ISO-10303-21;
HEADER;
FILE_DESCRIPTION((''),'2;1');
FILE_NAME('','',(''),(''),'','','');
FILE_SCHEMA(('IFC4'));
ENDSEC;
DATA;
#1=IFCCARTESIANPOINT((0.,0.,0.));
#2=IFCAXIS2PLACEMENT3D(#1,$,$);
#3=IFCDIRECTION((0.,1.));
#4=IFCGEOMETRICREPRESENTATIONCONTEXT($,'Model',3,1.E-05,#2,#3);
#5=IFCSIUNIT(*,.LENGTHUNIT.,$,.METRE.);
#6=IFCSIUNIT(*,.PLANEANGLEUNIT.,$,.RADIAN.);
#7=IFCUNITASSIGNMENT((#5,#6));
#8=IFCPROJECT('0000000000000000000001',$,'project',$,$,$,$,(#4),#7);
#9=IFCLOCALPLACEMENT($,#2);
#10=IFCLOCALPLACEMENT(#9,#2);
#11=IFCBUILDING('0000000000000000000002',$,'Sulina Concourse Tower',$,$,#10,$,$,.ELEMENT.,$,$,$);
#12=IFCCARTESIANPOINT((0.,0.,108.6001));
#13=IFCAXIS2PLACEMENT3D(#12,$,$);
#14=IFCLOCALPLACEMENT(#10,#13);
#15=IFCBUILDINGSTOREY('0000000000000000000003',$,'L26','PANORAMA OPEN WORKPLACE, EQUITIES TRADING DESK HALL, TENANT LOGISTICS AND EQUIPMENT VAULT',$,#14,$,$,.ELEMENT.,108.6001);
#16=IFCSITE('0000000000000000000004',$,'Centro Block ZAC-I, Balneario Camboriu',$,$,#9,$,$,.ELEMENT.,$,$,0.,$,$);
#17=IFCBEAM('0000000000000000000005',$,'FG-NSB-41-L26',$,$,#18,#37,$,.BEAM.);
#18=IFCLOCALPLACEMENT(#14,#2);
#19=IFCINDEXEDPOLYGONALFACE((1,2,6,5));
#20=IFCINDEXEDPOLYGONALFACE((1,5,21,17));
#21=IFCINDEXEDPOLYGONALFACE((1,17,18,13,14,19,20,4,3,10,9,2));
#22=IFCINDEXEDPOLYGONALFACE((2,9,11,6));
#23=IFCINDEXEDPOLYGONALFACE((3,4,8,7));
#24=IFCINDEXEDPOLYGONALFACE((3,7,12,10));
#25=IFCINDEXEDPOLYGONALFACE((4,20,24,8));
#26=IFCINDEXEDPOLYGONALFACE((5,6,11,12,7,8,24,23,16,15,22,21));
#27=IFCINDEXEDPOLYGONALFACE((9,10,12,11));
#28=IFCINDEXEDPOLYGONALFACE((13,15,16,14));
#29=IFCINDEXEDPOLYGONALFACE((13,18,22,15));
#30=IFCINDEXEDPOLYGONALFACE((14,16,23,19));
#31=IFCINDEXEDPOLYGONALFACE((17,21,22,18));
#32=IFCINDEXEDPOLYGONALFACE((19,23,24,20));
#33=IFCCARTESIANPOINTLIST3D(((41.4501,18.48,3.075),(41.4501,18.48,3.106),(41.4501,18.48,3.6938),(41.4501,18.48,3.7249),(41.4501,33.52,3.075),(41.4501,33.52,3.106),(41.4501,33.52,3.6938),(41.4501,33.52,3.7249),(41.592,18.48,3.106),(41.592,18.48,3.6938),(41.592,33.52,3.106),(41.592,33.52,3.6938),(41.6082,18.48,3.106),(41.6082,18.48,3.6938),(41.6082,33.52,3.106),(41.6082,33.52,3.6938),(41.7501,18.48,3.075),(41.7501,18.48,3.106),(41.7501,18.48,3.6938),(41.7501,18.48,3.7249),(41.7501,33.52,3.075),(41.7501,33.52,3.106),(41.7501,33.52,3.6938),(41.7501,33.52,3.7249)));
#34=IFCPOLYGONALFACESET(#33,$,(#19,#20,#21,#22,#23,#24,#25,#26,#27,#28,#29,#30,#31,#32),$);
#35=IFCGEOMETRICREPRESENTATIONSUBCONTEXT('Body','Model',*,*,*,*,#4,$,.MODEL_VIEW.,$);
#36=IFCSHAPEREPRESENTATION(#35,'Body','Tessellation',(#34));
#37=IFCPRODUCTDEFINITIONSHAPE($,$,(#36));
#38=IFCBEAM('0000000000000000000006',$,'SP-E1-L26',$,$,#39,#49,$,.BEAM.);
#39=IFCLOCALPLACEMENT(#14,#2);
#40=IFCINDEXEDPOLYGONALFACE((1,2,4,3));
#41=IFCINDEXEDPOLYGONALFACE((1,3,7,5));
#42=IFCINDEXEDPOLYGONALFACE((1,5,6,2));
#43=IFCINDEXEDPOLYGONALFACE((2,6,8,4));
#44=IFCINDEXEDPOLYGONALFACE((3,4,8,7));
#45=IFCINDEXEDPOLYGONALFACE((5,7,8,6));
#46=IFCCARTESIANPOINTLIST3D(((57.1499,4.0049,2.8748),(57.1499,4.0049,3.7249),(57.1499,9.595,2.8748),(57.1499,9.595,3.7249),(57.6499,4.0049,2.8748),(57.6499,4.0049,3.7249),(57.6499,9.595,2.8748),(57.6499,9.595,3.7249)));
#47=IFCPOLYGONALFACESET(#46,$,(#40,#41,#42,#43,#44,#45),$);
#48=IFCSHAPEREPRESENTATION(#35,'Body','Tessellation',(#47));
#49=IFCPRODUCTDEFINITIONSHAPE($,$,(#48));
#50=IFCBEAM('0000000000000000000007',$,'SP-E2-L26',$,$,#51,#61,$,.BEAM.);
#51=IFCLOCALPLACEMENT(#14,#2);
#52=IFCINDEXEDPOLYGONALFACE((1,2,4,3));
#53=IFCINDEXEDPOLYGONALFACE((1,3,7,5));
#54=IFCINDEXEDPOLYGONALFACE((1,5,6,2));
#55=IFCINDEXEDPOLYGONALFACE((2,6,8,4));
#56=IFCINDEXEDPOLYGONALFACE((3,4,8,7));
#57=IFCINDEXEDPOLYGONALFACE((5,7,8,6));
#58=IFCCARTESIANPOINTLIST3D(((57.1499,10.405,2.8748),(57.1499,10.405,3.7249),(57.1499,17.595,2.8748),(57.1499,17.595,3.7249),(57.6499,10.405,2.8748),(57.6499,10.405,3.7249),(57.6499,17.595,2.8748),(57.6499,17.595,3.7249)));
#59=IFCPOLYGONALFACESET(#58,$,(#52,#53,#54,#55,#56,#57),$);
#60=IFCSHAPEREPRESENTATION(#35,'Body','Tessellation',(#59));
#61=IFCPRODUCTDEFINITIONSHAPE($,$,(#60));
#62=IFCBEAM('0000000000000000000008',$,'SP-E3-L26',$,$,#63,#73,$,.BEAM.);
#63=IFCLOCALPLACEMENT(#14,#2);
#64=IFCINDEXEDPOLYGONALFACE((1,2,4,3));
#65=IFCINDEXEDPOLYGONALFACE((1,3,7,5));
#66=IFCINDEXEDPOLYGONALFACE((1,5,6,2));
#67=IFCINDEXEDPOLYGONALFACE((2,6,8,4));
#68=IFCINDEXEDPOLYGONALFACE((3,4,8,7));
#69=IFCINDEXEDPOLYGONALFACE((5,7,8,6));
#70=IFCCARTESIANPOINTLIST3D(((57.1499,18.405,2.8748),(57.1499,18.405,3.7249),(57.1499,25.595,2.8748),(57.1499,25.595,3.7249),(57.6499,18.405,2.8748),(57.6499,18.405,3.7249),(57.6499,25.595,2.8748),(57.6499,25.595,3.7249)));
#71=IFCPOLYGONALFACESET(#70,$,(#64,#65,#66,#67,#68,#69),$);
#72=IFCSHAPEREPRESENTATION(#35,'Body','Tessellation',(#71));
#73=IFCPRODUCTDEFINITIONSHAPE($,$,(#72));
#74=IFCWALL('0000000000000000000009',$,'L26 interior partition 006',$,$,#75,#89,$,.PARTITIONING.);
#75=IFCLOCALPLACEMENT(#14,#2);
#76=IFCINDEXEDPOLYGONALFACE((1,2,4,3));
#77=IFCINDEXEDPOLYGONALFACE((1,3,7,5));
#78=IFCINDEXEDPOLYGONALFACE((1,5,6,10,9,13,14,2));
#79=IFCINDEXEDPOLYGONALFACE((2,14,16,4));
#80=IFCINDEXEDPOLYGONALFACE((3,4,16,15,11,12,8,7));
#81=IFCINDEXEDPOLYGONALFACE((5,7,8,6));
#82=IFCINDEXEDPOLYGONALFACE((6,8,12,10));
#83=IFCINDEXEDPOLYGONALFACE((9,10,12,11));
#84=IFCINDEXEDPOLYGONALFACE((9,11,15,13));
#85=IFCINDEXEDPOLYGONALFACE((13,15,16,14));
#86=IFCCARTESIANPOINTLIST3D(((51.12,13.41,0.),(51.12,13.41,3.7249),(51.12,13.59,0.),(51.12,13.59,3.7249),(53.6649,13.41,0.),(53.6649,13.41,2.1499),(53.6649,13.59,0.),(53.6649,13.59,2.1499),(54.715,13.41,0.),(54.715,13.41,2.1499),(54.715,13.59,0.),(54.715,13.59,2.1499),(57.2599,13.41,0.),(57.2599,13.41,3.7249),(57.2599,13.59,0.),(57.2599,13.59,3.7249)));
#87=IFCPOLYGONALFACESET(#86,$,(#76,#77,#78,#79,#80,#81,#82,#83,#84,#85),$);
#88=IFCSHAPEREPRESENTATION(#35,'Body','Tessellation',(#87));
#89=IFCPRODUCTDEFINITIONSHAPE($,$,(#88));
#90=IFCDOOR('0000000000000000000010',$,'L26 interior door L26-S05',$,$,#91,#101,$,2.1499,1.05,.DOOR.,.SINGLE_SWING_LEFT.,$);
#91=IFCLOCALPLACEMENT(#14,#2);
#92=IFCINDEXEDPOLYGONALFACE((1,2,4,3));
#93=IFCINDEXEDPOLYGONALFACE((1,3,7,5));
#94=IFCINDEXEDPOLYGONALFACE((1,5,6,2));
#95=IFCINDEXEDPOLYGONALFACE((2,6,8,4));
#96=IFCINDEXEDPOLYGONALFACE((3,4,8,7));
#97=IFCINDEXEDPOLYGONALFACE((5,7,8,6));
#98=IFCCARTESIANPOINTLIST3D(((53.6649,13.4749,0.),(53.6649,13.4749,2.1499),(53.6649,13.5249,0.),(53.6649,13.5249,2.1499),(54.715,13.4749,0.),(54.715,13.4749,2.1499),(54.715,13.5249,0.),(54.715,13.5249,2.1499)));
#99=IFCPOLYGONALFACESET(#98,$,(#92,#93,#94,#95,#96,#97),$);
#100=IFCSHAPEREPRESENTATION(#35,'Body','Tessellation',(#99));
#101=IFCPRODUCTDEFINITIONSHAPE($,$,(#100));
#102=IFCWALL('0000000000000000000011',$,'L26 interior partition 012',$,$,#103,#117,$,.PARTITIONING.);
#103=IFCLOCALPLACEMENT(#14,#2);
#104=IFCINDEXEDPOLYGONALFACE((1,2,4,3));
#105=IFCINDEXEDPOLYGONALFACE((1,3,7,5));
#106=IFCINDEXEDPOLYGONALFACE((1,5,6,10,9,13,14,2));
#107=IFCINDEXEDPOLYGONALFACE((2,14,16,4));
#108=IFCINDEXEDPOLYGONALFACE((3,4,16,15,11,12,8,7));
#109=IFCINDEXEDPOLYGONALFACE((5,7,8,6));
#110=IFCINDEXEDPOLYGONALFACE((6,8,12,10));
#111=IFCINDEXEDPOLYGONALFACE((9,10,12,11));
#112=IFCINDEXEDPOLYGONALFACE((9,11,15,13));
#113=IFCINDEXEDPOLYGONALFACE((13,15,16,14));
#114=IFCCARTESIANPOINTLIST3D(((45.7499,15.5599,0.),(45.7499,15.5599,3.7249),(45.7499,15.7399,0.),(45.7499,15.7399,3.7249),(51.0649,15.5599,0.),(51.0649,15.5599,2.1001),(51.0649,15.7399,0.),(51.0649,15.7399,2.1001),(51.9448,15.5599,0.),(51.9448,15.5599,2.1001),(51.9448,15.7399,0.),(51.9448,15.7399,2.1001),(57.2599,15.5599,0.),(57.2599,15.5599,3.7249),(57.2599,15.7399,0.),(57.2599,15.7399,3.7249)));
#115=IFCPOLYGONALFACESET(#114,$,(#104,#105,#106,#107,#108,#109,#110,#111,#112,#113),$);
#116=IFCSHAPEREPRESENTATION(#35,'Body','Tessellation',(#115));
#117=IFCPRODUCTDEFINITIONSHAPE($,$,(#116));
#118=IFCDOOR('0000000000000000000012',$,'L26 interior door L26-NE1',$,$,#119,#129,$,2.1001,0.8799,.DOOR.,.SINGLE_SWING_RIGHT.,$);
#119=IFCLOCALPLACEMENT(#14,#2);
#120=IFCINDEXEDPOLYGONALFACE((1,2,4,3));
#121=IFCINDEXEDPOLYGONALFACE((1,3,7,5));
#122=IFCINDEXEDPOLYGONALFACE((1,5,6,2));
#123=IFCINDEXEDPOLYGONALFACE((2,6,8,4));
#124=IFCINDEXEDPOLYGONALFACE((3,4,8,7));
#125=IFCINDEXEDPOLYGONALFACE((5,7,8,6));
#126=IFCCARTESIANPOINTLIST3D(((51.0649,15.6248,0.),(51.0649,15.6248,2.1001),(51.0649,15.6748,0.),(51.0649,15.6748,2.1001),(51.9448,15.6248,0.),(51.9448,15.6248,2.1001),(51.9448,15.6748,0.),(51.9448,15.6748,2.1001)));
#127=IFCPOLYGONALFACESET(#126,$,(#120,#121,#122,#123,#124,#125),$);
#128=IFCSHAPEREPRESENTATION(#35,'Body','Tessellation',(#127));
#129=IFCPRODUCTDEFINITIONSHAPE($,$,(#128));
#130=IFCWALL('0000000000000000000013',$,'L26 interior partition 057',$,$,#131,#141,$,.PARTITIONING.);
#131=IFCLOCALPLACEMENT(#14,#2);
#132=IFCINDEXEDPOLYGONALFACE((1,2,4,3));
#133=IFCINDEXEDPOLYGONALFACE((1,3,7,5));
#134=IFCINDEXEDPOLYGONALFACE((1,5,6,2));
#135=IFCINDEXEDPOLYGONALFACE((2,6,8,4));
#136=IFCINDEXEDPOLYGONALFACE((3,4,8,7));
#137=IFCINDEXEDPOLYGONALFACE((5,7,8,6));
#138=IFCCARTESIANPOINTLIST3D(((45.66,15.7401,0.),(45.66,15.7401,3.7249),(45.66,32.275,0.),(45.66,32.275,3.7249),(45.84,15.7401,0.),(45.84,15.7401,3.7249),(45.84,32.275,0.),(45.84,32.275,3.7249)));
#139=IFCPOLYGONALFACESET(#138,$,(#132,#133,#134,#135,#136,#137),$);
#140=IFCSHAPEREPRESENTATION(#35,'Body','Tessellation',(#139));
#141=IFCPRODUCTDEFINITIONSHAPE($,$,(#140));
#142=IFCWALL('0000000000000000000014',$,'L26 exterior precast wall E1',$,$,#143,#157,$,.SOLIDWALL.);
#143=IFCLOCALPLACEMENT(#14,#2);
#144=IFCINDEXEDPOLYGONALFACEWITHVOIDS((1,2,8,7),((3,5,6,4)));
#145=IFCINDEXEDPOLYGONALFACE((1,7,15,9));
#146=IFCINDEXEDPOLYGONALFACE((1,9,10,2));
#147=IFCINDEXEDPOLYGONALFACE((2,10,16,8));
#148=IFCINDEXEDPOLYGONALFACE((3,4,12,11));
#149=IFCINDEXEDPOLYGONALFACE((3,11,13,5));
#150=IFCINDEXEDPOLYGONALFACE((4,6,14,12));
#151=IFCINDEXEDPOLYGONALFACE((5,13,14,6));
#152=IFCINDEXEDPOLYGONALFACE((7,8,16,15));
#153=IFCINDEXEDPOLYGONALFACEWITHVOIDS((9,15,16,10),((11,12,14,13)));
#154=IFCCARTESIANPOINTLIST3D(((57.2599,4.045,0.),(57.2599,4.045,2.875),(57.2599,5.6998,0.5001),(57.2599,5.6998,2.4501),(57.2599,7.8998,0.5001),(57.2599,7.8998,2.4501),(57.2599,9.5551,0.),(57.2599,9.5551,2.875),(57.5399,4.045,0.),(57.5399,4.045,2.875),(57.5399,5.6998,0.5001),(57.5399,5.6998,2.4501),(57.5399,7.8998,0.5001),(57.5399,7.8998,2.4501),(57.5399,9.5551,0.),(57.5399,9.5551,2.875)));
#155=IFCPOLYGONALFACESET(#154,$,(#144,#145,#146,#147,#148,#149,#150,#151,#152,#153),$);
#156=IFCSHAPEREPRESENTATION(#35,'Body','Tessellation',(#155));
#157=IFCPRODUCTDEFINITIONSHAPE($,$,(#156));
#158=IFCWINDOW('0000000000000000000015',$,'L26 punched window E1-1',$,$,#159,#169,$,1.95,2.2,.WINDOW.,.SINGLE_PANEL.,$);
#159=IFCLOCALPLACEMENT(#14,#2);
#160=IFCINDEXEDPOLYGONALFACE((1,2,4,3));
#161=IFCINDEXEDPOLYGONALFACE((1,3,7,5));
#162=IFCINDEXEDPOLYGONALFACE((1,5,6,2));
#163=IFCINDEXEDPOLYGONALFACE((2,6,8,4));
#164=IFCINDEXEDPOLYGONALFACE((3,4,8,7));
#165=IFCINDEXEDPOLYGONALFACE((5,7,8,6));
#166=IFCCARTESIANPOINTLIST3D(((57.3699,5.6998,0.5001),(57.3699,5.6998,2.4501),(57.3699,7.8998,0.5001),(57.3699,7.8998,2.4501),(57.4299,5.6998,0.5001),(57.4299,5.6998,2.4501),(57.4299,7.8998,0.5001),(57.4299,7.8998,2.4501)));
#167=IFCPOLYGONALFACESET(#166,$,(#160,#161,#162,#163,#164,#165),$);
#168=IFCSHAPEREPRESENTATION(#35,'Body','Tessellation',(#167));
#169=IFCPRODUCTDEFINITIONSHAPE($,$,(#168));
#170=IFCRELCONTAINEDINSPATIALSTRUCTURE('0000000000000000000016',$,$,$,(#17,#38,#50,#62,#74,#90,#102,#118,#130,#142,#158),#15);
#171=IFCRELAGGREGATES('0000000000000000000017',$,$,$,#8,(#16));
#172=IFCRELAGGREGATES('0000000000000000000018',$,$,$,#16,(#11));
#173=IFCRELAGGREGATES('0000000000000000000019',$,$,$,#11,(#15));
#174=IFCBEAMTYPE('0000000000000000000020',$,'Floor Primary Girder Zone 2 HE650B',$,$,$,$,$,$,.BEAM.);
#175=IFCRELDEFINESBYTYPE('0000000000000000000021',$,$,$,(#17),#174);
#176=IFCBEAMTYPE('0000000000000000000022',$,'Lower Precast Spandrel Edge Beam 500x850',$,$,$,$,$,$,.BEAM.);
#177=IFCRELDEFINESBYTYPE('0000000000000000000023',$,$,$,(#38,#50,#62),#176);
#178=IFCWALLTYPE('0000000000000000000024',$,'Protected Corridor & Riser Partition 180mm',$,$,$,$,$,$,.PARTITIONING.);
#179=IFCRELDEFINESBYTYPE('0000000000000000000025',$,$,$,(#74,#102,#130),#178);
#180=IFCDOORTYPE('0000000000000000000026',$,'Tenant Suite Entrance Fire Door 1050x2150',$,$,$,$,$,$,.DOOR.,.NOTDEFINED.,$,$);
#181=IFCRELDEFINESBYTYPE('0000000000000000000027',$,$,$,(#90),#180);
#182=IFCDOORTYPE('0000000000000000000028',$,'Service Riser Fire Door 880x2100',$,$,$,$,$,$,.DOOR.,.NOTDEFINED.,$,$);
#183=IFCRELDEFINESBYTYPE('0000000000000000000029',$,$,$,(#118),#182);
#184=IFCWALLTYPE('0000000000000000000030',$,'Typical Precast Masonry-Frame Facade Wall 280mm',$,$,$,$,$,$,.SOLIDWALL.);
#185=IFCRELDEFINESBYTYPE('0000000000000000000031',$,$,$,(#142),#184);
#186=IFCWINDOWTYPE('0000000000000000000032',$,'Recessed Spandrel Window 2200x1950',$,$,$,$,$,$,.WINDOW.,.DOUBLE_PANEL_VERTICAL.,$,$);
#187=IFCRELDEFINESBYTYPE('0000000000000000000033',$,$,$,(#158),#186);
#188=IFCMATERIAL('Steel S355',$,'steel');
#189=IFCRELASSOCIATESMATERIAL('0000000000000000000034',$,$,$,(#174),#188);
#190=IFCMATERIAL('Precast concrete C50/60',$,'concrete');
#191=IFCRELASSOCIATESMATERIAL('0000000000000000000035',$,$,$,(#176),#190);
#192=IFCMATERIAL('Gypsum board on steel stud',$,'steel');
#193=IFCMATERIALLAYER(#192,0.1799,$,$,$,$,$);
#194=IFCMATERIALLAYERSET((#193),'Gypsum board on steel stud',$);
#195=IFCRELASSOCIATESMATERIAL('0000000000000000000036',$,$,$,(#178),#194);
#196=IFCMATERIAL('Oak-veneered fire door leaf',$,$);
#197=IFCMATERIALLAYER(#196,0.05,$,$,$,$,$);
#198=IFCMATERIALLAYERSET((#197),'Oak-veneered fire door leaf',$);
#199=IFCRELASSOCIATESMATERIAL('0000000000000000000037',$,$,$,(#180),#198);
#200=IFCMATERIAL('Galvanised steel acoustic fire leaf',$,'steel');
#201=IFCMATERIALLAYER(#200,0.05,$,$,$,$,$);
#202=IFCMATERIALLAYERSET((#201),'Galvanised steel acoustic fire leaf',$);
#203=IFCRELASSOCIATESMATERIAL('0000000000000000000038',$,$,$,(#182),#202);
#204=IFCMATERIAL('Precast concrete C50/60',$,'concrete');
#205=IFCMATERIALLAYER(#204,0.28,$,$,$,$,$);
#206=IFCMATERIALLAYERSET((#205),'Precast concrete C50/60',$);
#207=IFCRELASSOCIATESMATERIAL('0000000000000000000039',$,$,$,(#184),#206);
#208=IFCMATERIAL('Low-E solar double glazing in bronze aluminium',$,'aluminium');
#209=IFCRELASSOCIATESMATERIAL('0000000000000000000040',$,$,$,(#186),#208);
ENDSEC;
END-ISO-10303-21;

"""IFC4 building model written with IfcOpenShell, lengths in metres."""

from ifc_helpers import new_model, si_unit, direction, frame, frame_2d, origin, origin_2d, place, context, subcontext, project, spatial, rectangle, i_section, extrude, material, layer, layer_set, material_profile, profile_set, type_object, element, fill, save


model = new_model("IFC4")

# Units and contexts
model_context = context("Model", 3, precision=1e-05, world=origin(), true_north=direction((0.0, 1.0)))
body_context = subcontext(model_context, "Body", "Model", "MODEL_VIEW")
ifc_project = project(units=[si_unit("LENGTHUNIT", "METRE"), si_unit("PLANEANGLEUNIT", "RADIAN")], contexts=[model_context])

# Site, building, storey
site_placement = place(None, origin())
site = spatial("IfcSite", under=ifc_project, at=site_placement, Name="Centro Block ZAC-I, Balneario Camboriu", CompositionType="ELEMENT", RefElevation=0.0)
building_placement = place(site_placement, origin())
building = spatial("IfcBuilding", under=site, at=building_placement, Name="Sulina Concourse Tower", CompositionType="ELEMENT")
storey_placement = place(building_placement, frame((0.0, 0.0, 108.6001)))
storey = spatial("IfcBuildingStorey", under=building, at=storey_placement, Name="L26", Description="PANORAMA OPEN WORKPLACE, EQUITIES TRADING DESK HALL, TENANT LOGISTICS AND EQUIPMENT VAULT", CompositionType="ELEMENT", Elevation=108.6001)

# Beams
ifc_material_1 = material(Name="Steel S355", Category="steel")
ifc_material_profile_1 = material_profile(ifc_material_1, i_section(OverallWidth=0.3, OverallDepth=0.6499, WebThickness=0.0161, FlangeThickness=0.031, at=origin_2d()), Name="HE 650 B")
ifc_profile_set_1 = profile_set([ifc_material_profile_1], Name="Steel S355")
beam_type_1 = type_object("IfcBeamType", Name="Floor Primary Girder Zone 2 HE650B", PredefinedType="BEAM", material=ifc_profile_set_1)
beam_1_placement = place(storey_placement, frame((41.6001, 18.48, 3.3999), z_axis=(0.0, 1.0, 0.0), x_axis=(-1.0, 0.0, 0.0)))
element("IfcBeam", 1, at=beam_1_placement, inside=storey, type_object=beam_type_1, Name="FG-NSB-41-L26", PredefinedType="BEAM", context=body_context, shape_type="SweptSolid", body=[
    extrude(i_section(OverallWidth=0.3, OverallDepth=0.6499, WebThickness=0.0161, FlangeThickness=0.031, at=origin_2d()), origin(), (0.0, 0.0, 1.0), 15.04),
])
ifc_material_2 = material(Name="Precast concrete C50/60", Category="concrete")
ifc_material_profile_2 = material_profile(ifc_material_2, rectangle(XDim=0.5, YDim=0.8501, at=origin_2d()), Name="RC 500x850")
ifc_profile_set_2 = profile_set([ifc_material_profile_2], Name="Precast concrete C50/60")
beam_type_2 = type_object("IfcBeamType", Name="Lower Precast Spandrel Edge Beam 500x850", PredefinedType="BEAM", material=ifc_profile_set_2)
beam_2_placement = place(storey_placement, frame((57.3999, 4.0049, 3.2998), z_axis=(0.0, 1.0, 0.0), x_axis=(-1.0, 0.0, 0.0)))
element("IfcBeam", 2, at=beam_2_placement, inside=storey, type_object=beam_type_2, Name="SP-E1-L26", PredefinedType="BEAM", context=body_context, shape_type="SweptSolid", body=[
    extrude(rectangle(XDim=0.5, YDim=0.8501, at=origin_2d()), origin(), (0.0, 0.0, 1.0), 5.5901),
])
for number, where, z_axis, x_axis, name in (
    (3, (57.3999, 10.405, 3.2998), (0.0, 1.0, 0.0), (-1.0, 0.0, 0.0), "SP-E2-L26"),
    (4, (57.3999, 18.405, 3.2998), (0.0, 1.0, 0.0), (-1.0, 0.0, 0.0), "SP-E3-L26"),
):
    element("IfcBeam", number, at=place(storey_placement, frame(where, z_axis=z_axis, x_axis=x_axis)), inside=storey, type_object=beam_type_2, Name=name, PredefinedType="BEAM", context=body_context, shape_type="SweptSolid", body=[
        extrude(rectangle(XDim=0.5, YDim=0.8501, at=origin_2d()), origin(), (0.0, 0.0, 1.0), 7.1899),
    ])

# Walls, openings, doors
ifc_material_3 = material(Name="Gypsum board on steel stud", Category="steel")
ifc_layer_1 = layer(ifc_material_3, 0.1799)
ifc_layer_set_1 = layer_set([ifc_layer_1], Name="Gypsum board on steel stud")
wall_type_1 = type_object("IfcWallType", Name="Protected Corridor & Riser Partition 180mm", PredefinedType="PARTITIONING", material=ifc_layer_set_1)
wall_1_placement = place(storey_placement, frame((51.1201, 13.5, 0.0), z_axis=(0.0, 0.0, 1.0), x_axis=(1.0, 0.0, 0.0)))
wall_1 = element("IfcWall", 5, at=wall_1_placement, inside=storey, type_object=wall_type_1, Name="L26 interior partition 006", PredefinedType="PARTITIONING", context=body_context, shape_type="SweptSolid", body=[
    extrude(rectangle(XDim=6.1399, YDim=0.1799, at=frame_2d((3.0698, 0.0))), origin(), (0.0, 0.0, 1.0), 3.7249),
])
opening_1_placement = place(wall_1_placement, frame((2.5449, 0.0, 0.0)))
opening_1 = element("IfcOpeningElement", 6, at=opening_1_placement, cuts=wall_1, PredefinedType="OPENING", context=body_context, shape_type="SweptSolid", body=[
    extrude(rectangle(XDim=1.05, YDim=2.1499, at=frame_2d((0.5249, 1.075))), frame((0.0, 0.0999, 0.0), z_axis=(0.0, -1.0, 0.0), x_axis=(1.0, 0.0, 0.0)), (0.0, 0.0, 1.0), 0.2),
])
ifc_material_4 = material(Name="Oak-veneered fire door leaf")
ifc_layer_2 = layer(ifc_material_4, 0.05)
ifc_layer_set_2 = layer_set([ifc_layer_2], Name="Oak-veneered fire door leaf")
door_type_1 = type_object("IfcDoorType", Name="Tenant Suite Entrance Fire Door 1050x2150", OperationType="NOTDEFINED", PredefinedType="DOOR", material=ifc_layer_set_2)
door_1_placement = place(opening_1_placement, origin())
door_1 = element("IfcDoor", 7, at=door_1_placement, inside=storey, type_object=door_type_1, Name="L26 interior door L26-S05", OperationType="SINGLE_SWING_LEFT", OverallHeight=2.1499, OverallWidth=1.05, PredefinedType="DOOR", context=body_context, shape_type="SweptSolid", body=[
    extrude(rectangle(XDim=1.05, YDim=2.1499, at=frame_2d((0.5249, 1.075))), frame((0.0, 0.0249, 0.0), z_axis=(0.0, -1.0, 0.0), x_axis=(1.0, 0.0, 0.0)), (0.0, 0.0, 1.0), 0.05),
])
fill(opening_1, door_1)
wall_2_placement = place(storey_placement, frame((45.75, 15.6499, 0.0), z_axis=(0.0, 0.0, 1.0), x_axis=(1.0, 0.0, 0.0)))
wall_2 = element("IfcWall", 8, at=wall_2_placement, inside=storey, type_object=wall_type_1, Name="L26 interior partition 012", PredefinedType="PARTITIONING", context=body_context, shape_type="SweptSolid", body=[
    extrude(rectangle(XDim=11.51, YDim=0.1799, at=frame_2d((5.7549, 0.0))), origin(), (0.0, 0.0, 1.0), 3.7249),
])
opening_2_placement = place(wall_2_placement, frame((5.3149, 0.0, 0.0)))
opening_2 = element("IfcOpeningElement", 9, at=opening_2_placement, cuts=wall_2, PredefinedType="OPENING", context=body_context, shape_type="SweptSolid", body=[
    extrude(rectangle(XDim=0.8799, YDim=2.1001, at=frame_2d((0.4399, 1.05))), frame((0.0, 0.0999, 0.0), z_axis=(0.0, -1.0, 0.0), x_axis=(1.0, 0.0, 0.0)), (0.0, 0.0, 1.0), 0.2),
])
ifc_material_5 = material(Name="Galvanised steel acoustic fire leaf", Category="steel")
ifc_layer_3 = layer(ifc_material_5, 0.05)
ifc_layer_set_3 = layer_set([ifc_layer_3], Name="Galvanised steel acoustic fire leaf")
door_type_2 = type_object("IfcDoorType", Name="Service Riser Fire Door 880x2100", OperationType="NOTDEFINED", PredefinedType="DOOR", material=ifc_layer_set_3)
door_2_placement = place(opening_2_placement, origin())
door_2 = element("IfcDoor", 10, at=door_2_placement, inside=storey, type_object=door_type_2, Name="L26 interior door L26-NE1", OperationType="SINGLE_SWING_RIGHT", OverallHeight=2.1001, OverallWidth=0.8799, PredefinedType="DOOR", context=body_context, shape_type="SweptSolid", body=[
    extrude(rectangle(XDim=0.8799, YDim=2.1001, at=frame_2d((0.4399, 1.05))), frame((0.0, 0.0249, 0.0), z_axis=(0.0, -1.0, 0.0), x_axis=(1.0, 0.0, 0.0)), (0.0, 0.0, 1.0), 0.05),
])
fill(opening_2, door_2)

# Wall
wall_3_placement = place(storey_placement, frame((45.75, 15.74, 0.0), z_axis=(0.0, 0.0, 1.0), x_axis=(0.0, 1.0, 0.0)))
element("IfcWall", 11, at=wall_3_placement, inside=storey, type_object=wall_type_1, Name="L26 interior partition 057", PredefinedType="PARTITIONING", context=body_context, shape_type="SweptSolid", body=[
    extrude(rectangle(XDim=16.5349, YDim=0.1799, at=frame_2d((8.2676, 0.0))), origin(), (0.0, 0.0, 1.0), 3.7249),
])

# Wall, opening, window
ifc_material_6 = material(Name="Precast concrete C50/60", Category="concrete")
ifc_layer_4 = layer(ifc_material_6, 0.28)
ifc_layer_set_4 = layer_set([ifc_layer_4], Name="Precast concrete C50/60")
wall_type_2 = type_object("IfcWallType", Name="Typical Precast Masonry-Frame Facade Wall 280mm", PredefinedType="SOLIDWALL", material=ifc_layer_set_4)
wall_4_placement = place(storey_placement, frame((57.3999, 9.5549, 0.0), z_axis=(0.0, 0.0, 1.0), x_axis=(0.0, -1.0, 0.0)))
wall_4 = element("IfcWall", 12, at=wall_4_placement, inside=storey, type_object=wall_type_2, Name="L26 exterior precast wall E1", PredefinedType="SOLIDWALL", context=body_context, shape_type="SweptSolid", body=[
    extrude(rectangle(XDim=5.51, YDim=0.28, at=frame_2d((2.7549, 0.0))), origin(), (0.0, 0.0, 1.0), 2.875),
])
opening_3_placement = place(wall_4_placement, frame((1.655, 0.0, 0.5)))
opening_3 = element("IfcOpeningElement", 13, at=opening_3_placement, cuts=wall_4, PredefinedType="OPENING", context=body_context, shape_type="SweptSolid", body=[
    extrude(rectangle(XDim=2.2, YDim=1.95, at=frame_2d((1.1001, 0.9751))), frame((0.0, 0.1499, 0.0), z_axis=(0.0, -1.0, 0.0), x_axis=(1.0, 0.0, 0.0)), (0.0, 0.0, 1.0), 0.3),
])
ifc_material_7 = material(Name="Low-E solar double glazing in bronze aluminium", Category="aluminium")
window_type = type_object("IfcWindowType", Name="Recessed Spandrel Window 2200x1950", PartitioningType="DOUBLE_PANEL_VERTICAL", PredefinedType="WINDOW", material=ifc_material_7)
window_placement = place(opening_3_placement, origin())
window = element("IfcWindow", 14, at=window_placement, inside=storey, type_object=window_type, Name="L26 punched window E1-1", OverallHeight=1.95, OverallWidth=2.2, PartitioningType="SINGLE_PANEL", PredefinedType="WINDOW", context=body_context, shape_type="SweptSolid", body=[
    extrude(rectangle(XDim=2.2, YDim=1.95, at=frame_2d((1.1001, 0.9751))), frame((0.0, 0.03, 0.0), z_axis=(0.0, -1.0, 0.0), x_axis=(1.0, 0.0, 0.0)), (0.0, 0.0, 1.0), 0.0601),
])
fill(opening_3, window)

save(model, "model.ifc")
